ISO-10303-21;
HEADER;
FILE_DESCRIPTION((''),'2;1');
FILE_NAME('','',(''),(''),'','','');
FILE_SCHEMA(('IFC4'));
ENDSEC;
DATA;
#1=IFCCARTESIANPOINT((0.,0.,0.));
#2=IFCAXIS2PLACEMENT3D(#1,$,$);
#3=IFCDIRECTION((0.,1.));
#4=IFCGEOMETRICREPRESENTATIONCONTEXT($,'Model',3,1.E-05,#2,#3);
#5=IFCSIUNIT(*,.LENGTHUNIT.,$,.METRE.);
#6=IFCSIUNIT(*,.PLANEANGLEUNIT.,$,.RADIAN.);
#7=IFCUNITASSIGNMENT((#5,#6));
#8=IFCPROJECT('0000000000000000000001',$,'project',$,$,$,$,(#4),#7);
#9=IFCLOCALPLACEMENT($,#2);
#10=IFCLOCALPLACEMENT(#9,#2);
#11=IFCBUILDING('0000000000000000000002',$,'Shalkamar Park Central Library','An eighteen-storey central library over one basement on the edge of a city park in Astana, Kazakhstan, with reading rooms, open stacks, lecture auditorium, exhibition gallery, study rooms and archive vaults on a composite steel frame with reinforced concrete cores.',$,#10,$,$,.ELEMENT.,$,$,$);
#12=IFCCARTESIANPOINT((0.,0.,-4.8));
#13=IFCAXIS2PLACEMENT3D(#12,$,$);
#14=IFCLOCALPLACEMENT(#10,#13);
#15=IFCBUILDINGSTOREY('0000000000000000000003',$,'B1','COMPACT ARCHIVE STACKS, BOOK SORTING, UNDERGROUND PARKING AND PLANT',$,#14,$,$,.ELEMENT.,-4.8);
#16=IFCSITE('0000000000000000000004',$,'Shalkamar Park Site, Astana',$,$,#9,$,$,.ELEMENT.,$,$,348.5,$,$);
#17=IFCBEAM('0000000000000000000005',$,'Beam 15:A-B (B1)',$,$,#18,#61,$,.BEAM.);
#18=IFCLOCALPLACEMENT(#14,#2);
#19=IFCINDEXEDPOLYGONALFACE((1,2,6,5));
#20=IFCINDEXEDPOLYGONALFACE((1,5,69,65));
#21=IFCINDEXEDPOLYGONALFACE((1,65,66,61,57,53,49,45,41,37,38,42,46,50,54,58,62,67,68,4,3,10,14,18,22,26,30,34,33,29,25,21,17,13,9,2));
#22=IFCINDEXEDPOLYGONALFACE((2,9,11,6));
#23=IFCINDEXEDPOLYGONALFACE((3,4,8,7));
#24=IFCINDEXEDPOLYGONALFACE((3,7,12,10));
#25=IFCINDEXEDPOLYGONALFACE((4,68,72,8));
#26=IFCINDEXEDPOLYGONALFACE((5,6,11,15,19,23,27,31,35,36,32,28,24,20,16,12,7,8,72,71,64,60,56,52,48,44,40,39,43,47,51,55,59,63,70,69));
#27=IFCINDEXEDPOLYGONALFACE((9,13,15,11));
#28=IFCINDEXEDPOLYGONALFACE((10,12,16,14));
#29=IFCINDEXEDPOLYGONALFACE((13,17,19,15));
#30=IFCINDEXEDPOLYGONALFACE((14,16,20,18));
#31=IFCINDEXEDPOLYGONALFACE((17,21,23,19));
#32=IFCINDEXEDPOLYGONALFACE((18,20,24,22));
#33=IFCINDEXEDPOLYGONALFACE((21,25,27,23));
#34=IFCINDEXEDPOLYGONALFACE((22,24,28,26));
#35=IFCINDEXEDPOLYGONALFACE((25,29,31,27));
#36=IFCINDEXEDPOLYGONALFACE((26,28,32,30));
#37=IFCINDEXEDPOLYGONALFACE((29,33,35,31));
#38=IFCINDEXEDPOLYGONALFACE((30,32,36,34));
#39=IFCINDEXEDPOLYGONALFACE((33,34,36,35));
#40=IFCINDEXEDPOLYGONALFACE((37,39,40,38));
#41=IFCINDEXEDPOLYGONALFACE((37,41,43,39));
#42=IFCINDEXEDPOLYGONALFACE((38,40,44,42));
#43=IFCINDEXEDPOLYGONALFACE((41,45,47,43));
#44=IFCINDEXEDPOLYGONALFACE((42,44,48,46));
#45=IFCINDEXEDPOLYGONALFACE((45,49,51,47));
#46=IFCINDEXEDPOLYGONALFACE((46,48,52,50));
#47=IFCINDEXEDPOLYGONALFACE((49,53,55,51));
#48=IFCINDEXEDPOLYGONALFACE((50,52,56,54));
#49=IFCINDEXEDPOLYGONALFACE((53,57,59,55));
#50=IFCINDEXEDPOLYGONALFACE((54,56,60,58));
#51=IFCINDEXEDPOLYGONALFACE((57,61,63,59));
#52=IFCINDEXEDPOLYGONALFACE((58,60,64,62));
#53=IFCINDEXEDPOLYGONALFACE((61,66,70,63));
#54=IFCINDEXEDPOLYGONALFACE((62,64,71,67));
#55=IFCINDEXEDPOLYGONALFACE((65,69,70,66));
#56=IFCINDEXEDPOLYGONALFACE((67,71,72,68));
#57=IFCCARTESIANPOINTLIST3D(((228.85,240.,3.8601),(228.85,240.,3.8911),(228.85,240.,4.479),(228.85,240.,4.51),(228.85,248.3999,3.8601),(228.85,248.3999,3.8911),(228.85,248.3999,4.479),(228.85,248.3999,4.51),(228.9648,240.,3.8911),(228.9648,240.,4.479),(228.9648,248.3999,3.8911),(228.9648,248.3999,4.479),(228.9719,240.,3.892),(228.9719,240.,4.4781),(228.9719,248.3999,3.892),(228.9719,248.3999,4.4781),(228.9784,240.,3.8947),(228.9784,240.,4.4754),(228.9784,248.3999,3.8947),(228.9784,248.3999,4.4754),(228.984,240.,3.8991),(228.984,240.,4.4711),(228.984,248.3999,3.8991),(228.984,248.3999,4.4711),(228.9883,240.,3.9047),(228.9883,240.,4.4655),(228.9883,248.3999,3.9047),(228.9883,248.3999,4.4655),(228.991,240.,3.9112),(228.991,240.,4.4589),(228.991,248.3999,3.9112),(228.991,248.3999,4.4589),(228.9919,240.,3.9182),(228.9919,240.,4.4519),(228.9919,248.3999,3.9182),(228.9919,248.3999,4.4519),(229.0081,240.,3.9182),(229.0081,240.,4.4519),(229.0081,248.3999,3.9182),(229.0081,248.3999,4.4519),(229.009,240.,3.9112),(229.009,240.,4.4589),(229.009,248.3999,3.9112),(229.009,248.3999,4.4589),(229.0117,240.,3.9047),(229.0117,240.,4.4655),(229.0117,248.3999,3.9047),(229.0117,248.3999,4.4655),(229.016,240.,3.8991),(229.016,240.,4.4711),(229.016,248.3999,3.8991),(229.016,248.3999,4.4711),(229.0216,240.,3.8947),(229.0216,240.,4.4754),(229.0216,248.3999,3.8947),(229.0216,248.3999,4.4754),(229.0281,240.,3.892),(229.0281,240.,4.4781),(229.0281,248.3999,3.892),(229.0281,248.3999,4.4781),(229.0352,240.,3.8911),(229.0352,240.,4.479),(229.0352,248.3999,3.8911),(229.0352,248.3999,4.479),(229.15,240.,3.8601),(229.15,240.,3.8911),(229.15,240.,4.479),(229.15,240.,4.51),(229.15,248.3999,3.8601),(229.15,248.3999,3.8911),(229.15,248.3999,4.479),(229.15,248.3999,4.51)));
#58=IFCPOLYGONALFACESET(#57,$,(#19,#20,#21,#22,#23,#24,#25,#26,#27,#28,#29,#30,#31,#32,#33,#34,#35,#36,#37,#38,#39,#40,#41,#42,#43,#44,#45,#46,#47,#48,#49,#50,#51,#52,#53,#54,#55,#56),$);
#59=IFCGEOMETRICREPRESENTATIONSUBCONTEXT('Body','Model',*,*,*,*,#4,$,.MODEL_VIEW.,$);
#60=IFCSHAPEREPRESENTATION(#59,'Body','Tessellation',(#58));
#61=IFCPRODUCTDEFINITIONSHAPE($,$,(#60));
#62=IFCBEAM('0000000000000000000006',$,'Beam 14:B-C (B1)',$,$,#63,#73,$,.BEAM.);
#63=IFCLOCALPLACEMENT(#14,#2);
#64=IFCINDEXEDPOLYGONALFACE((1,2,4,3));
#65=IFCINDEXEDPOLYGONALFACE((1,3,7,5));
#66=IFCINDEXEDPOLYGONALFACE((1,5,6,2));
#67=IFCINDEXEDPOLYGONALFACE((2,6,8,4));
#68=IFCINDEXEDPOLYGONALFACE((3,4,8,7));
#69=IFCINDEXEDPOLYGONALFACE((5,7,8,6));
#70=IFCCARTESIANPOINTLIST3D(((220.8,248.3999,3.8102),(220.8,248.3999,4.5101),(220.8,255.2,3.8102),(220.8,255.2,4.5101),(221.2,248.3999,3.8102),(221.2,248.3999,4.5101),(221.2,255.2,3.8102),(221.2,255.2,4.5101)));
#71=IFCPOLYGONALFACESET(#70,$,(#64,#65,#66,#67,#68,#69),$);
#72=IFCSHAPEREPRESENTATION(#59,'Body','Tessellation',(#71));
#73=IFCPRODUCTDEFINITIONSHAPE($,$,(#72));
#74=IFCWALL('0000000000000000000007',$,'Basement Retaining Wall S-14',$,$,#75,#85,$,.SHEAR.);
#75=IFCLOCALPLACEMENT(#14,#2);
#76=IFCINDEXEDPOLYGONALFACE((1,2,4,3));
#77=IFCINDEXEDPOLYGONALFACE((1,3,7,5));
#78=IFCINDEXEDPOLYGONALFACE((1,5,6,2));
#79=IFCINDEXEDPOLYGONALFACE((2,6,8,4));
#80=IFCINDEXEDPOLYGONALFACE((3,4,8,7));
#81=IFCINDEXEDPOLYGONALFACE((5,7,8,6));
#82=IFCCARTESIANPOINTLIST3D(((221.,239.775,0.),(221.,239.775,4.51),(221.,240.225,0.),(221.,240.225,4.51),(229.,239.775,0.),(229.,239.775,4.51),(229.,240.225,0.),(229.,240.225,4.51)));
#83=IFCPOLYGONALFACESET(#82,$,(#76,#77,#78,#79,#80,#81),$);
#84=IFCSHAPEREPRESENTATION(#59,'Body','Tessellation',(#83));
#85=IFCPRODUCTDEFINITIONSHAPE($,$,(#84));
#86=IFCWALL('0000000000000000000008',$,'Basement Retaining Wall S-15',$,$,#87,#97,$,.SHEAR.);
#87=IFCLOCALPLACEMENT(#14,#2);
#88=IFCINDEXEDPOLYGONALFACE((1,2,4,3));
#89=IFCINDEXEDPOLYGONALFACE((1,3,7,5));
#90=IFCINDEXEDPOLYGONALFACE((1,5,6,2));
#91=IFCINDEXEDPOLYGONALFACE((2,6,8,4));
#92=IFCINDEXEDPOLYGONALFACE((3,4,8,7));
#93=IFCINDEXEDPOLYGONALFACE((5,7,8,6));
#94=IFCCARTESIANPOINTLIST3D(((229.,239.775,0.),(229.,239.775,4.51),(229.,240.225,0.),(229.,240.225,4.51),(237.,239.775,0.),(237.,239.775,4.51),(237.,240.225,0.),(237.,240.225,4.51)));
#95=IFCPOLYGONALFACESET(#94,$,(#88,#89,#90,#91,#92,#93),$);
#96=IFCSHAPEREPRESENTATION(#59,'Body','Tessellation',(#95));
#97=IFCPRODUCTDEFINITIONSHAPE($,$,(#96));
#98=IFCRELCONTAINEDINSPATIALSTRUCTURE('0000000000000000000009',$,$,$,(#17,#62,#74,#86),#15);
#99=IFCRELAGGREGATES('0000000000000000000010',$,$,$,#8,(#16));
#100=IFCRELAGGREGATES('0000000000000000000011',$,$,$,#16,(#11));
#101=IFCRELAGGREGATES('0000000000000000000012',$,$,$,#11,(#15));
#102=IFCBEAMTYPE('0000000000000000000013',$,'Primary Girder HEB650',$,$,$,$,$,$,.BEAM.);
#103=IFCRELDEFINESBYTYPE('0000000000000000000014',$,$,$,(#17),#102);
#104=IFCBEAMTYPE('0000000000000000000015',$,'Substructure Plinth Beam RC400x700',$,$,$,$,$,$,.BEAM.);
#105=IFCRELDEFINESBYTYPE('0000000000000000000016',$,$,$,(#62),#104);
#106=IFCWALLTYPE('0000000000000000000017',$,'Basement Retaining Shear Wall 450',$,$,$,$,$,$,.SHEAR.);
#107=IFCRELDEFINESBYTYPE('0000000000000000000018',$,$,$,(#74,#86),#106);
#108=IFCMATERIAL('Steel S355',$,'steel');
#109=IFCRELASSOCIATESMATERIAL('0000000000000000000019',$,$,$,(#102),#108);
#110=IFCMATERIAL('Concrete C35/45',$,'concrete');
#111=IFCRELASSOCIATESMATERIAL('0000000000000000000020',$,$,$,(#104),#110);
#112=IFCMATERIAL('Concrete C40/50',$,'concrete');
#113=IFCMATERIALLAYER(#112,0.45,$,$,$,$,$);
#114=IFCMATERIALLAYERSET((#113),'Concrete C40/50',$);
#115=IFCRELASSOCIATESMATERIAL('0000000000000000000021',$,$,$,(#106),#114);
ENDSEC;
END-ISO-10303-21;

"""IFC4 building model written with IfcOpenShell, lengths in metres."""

from ifc_helpers import new_model, si_unit, direction, frame, frame_2d, origin, origin_2d, place, context, subcontext, project, spatial, rectangle, i_section, extrude, material, layer, layer_set, material_profile, profile_set, type_object, element, save


model = new_model("IFC4")

# Units and contexts
model_context = context("Model", 3, precision=1e-05, world=origin(), true_north=direction((0.0, 1.0)))
body_context = subcontext(model_context, "Body", "Model", "MODEL_VIEW")
ifc_project = project(units=[si_unit("LENGTHUNIT", "METRE"), si_unit("PLANEANGLEUNIT", "RADIAN")], contexts=[model_context])

# Site, building, storey
site_placement = place(None, origin())
site = spatial("IfcSite", under=ifc_project, at=site_placement, Name="Shalkamar Park Site, Astana", CompositionType="ELEMENT", RefElevation=348.5)
building_placement = place(site_placement, origin())
building = spatial("IfcBuilding", under=site, at=building_placement, Name="Shalkamar Park Central Library", Description="An eighteen-storey central library over one basement on the edge of a city park in Astana, Kazakhstan, with reading rooms, open stacks, lecture auditorium, exhibition gallery, study rooms and archive vaults on a composite steel frame with reinforced concrete cores.", CompositionType="ELEMENT")
storey_placement = place(building_placement, frame((0.0, 0.0, -4.8)))
storey = spatial("IfcBuildingStorey", under=building, at=storey_placement, Name="B1", Description="COMPACT ARCHIVE STACKS, BOOK SORTING, UNDERGROUND PARKING AND PLANT", CompositionType="ELEMENT", Elevation=-4.8)

# Shared definitions
ifc_material_1 = material(Name="Concrete C35/45", Category="concrete")

# Shared definitions
ifc_material_2 = material(Name="Concrete C40/50", Category="concrete")
ifc_material_3 = material(Name="Steel S355", Category="steel")

# Beams
ifc_material_profile_1 = material_profile(ifc_material_3, i_section(OverallWidth=0.3, OverallDepth=0.6499, WebThickness=0.0161, FlangeThickness=0.031, FilletRadius=0.0271, at=origin_2d()), Name="HEB 650")
ifc_profile_set_1 = profile_set([ifc_material_profile_1], Name="Steel S355")
beam_type_1 = type_object("IfcBeamType", Name="Primary Girder HEB650", PredefinedType="BEAM", material=ifc_profile_set_1)
for number, where, z_axis, x_axis, name in (
    (1, (229.0, 240.0, 4.1851), (0.0, 1.0, 0.0), (-1.0, 0.0, 0.0), "Beam 15:A-B (B1)"),
):
    element("IfcBeam", number, at=place(storey_placement, frame(where, z_axis=z_axis, x_axis=x_axis)), inside=storey, type_object=beam_type_1, Name=name, PredefinedType="BEAM", context=body_context, shape_type="SweptSolid", body=[
        extrude(i_section(OverallWidth=0.3, OverallDepth=0.6499, WebThickness=0.0161, FlangeThickness=0.031, FilletRadius=0.0271, at=origin_2d()), origin(), (0.0, 0.0, 1.0), 8.3999),
    ])
ifc_material_profile_2 = material_profile(ifc_material_1, rectangle(XDim=0.3999, YDim=0.7, at=origin_2d()), Name="RC 400x700")
ifc_profile_set_2 = profile_set([ifc_material_profile_2], Name="Concrete C35/45")
beam_type_2 = type_object("IfcBeamType", Name="Substructure Plinth Beam RC400x700", PredefinedType="BEAM", material=ifc_profile_set_2)
beam_1_placement = place(storey_placement, frame((221.0, 248.3999, 4.1602), z_axis=(0.0, 1.0, 0.0), x_axis=(-1.0, 0.0, 0.0)))
element("IfcBeam", 2, at=beam_1_placement, inside=storey, type_object=beam_type_2, Name="Beam 14:B-C (B1)", PredefinedType="BEAM", context=body_context, shape_type="SweptSolid", body=[
    extrude(rectangle(XDim=0.3999, YDim=0.7, at=origin_2d()), origin(), (0.0, 0.0, 1.0), 6.8),
])

# Walls
ifc_layer = layer(ifc_material_2, 0.45)
ifc_layer_set = layer_set([ifc_layer], Name="Concrete C40/50")
wall_type = type_object("IfcWallType", Name="Basement Retaining Shear Wall 450", PredefinedType="SHEAR", material=ifc_layer_set)
for number, where, z_axis, x_axis, name in (
    (3, (221.0, 240.0, 0.0), (0.0, 0.0, 1.0), (1.0, 0.0, 0.0), "Basement Retaining Wall S-14"),
    (4, (229.0, 240.0, 0.0), (0.0, 0.0, 1.0), (1.0, 0.0, 0.0), "Basement Retaining Wall S-15"),
):
    element("IfcWall", number, at=place(storey_placement, frame(where, z_axis=z_axis, x_axis=x_axis)), inside=storey, type_object=wall_type, Name=name, PredefinedType="SHEAR", context=body_context, shape_type="SweptSolid", body=[
        extrude(rectangle(XDim=8.0, YDim=0.45, at=frame_2d((4.0, 0.0))), origin(), (0.0, 0.0, 1.0), 4.51),
    ])

save(model, "model.ifc")
